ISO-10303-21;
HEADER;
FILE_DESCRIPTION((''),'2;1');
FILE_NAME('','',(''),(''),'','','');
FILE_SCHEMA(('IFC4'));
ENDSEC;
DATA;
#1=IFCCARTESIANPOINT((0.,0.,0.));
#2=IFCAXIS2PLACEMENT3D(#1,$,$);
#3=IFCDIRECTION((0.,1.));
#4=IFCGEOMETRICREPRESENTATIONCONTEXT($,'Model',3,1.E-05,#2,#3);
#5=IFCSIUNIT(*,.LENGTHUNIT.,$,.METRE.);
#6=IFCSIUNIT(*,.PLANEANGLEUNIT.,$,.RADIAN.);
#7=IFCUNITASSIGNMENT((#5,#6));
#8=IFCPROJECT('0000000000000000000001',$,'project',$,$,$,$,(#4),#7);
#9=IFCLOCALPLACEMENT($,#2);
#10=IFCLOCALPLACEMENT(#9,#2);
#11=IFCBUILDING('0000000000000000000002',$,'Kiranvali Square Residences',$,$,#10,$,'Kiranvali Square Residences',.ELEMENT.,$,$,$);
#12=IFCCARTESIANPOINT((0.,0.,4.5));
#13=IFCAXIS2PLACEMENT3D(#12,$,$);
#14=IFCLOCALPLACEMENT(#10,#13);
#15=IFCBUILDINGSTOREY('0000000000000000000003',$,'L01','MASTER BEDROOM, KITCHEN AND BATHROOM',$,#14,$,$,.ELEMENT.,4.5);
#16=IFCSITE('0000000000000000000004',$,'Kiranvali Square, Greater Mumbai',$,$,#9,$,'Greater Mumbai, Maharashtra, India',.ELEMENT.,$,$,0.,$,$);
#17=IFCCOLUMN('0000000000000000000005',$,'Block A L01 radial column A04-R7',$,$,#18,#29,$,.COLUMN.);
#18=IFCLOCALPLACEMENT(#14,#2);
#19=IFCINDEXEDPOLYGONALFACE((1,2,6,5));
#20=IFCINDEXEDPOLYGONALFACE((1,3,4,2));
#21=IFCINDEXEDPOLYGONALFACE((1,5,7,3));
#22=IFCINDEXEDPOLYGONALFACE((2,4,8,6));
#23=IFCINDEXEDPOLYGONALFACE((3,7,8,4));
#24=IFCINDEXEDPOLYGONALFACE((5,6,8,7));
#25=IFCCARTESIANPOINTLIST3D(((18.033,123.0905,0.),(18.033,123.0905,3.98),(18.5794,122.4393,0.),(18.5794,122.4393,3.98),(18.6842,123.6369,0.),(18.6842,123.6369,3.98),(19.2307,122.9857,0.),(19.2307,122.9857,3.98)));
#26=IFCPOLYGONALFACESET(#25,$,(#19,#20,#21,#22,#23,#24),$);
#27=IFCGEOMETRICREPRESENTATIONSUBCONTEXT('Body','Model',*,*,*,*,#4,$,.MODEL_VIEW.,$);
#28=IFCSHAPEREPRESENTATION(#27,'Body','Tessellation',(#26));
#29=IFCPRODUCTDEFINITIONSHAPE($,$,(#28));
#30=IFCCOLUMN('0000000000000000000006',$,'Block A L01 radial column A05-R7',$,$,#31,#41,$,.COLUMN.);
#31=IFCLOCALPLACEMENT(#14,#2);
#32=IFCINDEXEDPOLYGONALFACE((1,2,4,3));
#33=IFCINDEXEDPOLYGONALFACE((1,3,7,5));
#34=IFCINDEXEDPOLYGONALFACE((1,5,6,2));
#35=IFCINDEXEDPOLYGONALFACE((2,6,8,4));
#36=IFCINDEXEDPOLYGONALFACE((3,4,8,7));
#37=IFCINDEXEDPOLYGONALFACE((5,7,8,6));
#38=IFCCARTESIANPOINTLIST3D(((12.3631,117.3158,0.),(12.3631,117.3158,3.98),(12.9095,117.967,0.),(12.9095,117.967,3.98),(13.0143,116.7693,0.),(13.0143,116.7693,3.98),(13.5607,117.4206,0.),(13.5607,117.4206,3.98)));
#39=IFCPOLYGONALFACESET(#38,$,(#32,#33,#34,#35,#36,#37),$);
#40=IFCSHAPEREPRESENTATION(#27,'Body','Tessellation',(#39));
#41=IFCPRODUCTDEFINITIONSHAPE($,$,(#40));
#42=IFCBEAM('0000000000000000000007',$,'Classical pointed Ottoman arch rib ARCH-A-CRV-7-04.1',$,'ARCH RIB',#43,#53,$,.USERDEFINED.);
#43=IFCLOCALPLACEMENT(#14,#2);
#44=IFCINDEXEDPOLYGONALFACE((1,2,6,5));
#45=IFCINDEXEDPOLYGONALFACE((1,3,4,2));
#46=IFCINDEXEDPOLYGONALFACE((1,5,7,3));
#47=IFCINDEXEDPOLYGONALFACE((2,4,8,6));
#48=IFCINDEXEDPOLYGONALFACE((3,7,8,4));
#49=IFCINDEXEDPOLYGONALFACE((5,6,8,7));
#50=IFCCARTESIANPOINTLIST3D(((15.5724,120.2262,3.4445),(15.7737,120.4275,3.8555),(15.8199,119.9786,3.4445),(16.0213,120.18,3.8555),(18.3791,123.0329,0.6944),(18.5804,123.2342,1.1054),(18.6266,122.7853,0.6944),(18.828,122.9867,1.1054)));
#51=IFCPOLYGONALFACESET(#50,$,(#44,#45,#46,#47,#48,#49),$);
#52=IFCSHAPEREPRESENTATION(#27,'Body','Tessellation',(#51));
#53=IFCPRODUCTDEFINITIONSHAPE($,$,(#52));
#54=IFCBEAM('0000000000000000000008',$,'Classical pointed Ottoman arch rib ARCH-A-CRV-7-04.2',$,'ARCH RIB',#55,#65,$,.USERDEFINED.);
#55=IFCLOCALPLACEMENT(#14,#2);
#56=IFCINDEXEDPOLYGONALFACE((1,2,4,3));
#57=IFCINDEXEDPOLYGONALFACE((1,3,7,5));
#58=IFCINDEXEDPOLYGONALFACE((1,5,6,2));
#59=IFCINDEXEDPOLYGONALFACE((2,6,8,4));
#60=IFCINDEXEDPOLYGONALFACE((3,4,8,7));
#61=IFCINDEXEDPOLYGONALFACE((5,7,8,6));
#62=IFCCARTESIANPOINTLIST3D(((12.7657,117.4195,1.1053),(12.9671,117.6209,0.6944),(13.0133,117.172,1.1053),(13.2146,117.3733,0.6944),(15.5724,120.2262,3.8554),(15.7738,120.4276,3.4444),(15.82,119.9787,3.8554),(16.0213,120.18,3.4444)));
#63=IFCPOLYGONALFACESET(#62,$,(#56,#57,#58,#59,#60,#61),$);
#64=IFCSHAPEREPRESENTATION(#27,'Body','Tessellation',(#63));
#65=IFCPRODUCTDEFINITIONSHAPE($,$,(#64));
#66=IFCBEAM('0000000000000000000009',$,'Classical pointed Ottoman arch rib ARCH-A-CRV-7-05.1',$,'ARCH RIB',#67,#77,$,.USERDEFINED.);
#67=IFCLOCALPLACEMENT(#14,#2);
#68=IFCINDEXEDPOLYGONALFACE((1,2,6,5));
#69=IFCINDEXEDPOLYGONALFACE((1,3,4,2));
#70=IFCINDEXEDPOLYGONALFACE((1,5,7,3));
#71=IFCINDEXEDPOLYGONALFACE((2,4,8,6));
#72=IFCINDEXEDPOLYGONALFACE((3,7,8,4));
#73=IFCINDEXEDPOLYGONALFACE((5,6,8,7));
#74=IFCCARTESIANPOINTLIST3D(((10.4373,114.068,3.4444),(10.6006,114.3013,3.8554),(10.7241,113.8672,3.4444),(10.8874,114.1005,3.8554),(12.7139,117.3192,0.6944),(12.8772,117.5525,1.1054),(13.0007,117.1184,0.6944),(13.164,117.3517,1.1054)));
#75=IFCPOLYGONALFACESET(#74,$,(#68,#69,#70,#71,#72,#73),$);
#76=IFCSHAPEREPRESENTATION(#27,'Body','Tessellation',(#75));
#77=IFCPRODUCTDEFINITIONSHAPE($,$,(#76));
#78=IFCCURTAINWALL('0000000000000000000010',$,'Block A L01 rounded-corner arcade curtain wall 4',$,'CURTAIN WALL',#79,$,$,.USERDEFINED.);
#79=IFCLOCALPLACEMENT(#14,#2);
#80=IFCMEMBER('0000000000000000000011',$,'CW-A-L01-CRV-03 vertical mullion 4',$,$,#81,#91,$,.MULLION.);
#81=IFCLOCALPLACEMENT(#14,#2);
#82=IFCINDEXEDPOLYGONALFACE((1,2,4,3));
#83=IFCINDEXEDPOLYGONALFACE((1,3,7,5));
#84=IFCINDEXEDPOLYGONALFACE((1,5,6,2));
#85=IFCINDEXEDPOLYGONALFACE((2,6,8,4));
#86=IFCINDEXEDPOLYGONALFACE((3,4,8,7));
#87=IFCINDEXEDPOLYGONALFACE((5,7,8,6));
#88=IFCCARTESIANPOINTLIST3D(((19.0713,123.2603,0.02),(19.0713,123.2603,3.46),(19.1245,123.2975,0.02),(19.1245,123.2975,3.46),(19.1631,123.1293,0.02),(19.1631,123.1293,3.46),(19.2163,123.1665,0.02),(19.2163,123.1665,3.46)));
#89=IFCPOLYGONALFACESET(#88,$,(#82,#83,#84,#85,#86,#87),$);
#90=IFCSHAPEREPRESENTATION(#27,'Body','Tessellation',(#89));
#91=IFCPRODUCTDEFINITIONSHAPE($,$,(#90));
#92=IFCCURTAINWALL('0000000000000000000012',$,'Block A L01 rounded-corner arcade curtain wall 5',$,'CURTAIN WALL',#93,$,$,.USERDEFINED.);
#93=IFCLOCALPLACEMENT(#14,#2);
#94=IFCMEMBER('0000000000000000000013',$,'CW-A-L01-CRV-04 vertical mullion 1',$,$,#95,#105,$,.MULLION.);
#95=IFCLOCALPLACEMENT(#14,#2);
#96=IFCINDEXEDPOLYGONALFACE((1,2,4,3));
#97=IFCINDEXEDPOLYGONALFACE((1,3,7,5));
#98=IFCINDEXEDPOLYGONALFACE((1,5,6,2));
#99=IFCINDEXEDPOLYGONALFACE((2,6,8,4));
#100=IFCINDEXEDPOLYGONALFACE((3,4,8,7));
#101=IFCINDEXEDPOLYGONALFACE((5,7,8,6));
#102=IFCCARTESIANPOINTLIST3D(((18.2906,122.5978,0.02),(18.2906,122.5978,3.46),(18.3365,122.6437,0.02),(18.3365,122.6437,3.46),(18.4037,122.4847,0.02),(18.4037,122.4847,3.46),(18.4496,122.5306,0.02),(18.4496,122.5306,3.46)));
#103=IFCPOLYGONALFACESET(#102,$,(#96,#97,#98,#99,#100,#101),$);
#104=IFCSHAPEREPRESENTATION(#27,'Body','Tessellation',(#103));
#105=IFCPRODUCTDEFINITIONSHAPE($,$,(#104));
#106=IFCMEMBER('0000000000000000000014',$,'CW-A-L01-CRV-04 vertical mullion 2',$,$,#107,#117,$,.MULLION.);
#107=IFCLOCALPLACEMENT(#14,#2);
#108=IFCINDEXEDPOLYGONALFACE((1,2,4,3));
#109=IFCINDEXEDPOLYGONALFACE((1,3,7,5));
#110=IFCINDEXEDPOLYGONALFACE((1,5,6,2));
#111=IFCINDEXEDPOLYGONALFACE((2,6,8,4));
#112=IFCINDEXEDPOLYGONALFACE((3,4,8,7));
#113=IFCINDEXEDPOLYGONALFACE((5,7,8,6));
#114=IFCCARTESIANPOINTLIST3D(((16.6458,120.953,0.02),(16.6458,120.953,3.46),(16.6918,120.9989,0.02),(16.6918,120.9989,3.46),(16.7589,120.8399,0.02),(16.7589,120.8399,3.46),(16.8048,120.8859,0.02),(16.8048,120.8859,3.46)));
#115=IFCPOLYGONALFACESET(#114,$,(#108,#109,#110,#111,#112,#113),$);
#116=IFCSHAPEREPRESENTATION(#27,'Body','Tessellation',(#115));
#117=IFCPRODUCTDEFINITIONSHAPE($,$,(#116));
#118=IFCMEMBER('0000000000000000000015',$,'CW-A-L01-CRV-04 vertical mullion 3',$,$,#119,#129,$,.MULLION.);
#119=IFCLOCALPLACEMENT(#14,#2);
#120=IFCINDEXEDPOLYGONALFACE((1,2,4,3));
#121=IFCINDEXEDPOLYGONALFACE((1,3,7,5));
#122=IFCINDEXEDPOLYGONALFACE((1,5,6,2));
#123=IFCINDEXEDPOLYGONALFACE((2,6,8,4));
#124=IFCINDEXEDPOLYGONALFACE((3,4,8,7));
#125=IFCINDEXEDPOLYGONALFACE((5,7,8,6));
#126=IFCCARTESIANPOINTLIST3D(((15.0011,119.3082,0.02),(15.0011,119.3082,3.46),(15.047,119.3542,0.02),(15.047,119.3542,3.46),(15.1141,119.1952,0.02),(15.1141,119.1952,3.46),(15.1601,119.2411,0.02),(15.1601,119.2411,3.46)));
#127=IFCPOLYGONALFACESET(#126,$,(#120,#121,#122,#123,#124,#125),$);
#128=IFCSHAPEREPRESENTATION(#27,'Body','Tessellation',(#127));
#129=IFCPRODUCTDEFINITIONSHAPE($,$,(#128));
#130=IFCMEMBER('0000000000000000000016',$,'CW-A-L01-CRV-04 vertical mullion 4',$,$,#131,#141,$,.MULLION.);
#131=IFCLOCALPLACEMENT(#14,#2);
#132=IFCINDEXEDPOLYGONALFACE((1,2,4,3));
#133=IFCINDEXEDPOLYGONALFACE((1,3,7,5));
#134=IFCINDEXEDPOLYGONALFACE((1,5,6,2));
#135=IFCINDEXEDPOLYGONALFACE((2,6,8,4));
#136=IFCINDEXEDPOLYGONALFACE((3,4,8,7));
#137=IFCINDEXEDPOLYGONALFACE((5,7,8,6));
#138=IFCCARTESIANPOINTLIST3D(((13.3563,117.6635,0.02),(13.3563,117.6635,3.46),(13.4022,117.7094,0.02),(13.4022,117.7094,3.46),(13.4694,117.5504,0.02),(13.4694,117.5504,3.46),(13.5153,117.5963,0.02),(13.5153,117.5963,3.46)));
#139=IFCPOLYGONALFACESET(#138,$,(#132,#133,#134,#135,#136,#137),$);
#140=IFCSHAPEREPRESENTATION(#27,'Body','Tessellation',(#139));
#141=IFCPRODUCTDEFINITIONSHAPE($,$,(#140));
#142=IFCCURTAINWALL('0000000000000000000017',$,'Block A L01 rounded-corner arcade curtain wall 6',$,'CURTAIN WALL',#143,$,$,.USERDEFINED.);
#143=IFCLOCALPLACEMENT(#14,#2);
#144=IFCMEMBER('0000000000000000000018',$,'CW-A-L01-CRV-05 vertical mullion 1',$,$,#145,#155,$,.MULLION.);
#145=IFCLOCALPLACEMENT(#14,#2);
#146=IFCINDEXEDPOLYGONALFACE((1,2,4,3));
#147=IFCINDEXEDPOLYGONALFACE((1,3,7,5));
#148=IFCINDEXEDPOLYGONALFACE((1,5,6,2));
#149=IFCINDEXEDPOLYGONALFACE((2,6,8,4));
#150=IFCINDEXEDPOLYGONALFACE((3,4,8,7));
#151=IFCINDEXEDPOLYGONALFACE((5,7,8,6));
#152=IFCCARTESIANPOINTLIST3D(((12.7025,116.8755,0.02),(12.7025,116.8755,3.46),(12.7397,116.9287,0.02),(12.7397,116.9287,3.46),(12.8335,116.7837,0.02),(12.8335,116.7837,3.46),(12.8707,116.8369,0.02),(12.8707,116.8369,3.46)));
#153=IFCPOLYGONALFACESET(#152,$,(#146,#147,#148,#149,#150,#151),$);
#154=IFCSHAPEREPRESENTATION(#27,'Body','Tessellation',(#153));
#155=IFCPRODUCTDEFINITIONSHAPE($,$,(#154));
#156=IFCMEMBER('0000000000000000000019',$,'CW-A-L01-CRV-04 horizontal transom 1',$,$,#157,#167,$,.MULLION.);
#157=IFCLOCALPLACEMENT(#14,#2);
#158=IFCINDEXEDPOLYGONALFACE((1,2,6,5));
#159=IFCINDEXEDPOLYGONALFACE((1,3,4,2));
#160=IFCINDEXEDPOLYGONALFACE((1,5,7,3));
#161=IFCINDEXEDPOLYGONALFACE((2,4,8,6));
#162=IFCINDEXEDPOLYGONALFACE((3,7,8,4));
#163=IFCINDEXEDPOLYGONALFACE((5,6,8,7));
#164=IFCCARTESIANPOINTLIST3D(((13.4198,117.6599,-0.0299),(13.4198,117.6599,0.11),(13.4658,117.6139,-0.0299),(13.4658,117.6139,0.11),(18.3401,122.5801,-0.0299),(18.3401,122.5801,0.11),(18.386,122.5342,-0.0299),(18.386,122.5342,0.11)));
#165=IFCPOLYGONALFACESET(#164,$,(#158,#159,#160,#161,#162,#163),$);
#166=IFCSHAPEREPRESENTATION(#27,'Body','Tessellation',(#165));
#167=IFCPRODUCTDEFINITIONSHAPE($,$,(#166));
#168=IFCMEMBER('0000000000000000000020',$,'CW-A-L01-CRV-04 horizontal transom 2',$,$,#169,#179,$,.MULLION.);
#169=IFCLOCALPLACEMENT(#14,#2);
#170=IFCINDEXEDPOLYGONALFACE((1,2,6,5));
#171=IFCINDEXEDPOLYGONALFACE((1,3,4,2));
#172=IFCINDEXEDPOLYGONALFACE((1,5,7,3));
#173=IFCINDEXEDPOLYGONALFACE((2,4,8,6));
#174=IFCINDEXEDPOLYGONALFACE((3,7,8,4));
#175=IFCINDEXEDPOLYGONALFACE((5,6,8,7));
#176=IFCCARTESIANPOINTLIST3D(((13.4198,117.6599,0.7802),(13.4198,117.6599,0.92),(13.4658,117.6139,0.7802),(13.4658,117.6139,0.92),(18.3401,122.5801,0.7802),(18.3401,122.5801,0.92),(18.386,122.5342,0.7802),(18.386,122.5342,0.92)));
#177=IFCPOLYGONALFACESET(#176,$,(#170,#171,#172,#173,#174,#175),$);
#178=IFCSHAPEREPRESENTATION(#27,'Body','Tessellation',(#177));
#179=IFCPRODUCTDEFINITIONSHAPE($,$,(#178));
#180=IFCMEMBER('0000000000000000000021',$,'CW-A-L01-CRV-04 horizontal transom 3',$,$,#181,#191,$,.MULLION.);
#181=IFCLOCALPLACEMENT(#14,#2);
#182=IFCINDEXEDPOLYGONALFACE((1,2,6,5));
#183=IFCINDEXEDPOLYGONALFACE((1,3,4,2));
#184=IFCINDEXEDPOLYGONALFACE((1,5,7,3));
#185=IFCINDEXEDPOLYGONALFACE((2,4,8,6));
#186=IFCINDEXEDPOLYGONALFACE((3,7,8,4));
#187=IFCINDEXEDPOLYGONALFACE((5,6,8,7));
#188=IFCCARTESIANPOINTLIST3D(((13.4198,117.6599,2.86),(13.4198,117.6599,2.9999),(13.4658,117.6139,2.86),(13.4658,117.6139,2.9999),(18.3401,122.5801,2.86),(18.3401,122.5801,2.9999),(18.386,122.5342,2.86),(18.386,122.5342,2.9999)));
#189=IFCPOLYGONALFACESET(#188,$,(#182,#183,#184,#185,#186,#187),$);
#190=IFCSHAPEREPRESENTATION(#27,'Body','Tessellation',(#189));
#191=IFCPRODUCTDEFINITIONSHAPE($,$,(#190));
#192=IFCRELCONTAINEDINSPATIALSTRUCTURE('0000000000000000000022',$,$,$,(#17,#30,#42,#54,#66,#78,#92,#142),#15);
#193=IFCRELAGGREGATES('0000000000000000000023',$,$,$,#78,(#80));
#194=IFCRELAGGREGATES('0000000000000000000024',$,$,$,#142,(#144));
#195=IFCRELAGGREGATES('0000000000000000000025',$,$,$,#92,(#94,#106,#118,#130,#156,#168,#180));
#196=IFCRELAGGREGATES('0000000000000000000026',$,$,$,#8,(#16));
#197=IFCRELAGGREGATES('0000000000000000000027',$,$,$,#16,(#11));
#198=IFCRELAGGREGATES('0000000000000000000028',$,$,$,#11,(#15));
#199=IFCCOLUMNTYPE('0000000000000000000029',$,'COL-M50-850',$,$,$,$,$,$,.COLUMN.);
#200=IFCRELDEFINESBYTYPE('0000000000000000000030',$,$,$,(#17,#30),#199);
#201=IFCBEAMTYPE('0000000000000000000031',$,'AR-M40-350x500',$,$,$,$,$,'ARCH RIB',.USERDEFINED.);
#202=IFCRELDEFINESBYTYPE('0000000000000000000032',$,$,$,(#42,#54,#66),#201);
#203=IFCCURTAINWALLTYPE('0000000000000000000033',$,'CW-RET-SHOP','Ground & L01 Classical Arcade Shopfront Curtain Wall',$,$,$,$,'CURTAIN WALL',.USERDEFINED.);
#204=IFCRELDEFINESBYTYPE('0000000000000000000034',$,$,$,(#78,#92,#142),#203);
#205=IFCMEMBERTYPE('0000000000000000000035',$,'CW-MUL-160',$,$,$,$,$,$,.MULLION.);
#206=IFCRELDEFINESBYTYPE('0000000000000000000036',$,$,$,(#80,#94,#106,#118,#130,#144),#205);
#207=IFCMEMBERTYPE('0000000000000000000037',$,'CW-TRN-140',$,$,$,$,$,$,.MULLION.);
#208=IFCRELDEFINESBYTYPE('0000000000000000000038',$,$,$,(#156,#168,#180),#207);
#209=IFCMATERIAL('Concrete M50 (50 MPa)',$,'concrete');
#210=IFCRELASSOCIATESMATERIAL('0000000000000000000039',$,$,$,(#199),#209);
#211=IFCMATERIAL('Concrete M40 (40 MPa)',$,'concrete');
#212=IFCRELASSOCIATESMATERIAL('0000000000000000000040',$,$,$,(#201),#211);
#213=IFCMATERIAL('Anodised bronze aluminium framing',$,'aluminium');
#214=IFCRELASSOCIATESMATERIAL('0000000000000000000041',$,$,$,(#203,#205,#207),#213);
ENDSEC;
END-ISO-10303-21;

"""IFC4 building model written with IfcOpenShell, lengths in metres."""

from ifc_helpers import new_model, si_unit, direction, frame, origin, origin_2d, place, context, subcontext, project, spatial, rectangle, extrude, material, material_profile, profile_set, type_object, element, aggregate, save


model = new_model("IFC4")

# Units and contexts
model_context = context("Model", 3, precision=1e-05, world=origin(), true_north=direction((0.0, 1.0)))
body_context = subcontext(model_context, "Body", "Model", "MODEL_VIEW")
ifc_project = project(units=[si_unit("LENGTHUNIT", "METRE"), si_unit("PLANEANGLEUNIT", "RADIAN")], contexts=[model_context])

# Site, building, storey
site_placement = place(None, origin())
site = spatial("IfcSite", under=ifc_project, at=site_placement, Name="Kiranvali Square, Greater Mumbai", LongName="Greater Mumbai, Maharashtra, India", CompositionType="ELEMENT", RefElevation=0.0)
building_placement = place(site_placement, origin())
building = spatial("IfcBuilding", under=site, at=building_placement, Name="Kiranvali Square Residences", LongName="Kiranvali Square Residences", CompositionType="ELEMENT")
storey_placement = place(building_placement, frame((0.0, 0.0, 4.5)))
storey = spatial("IfcBuildingStorey", under=building, at=storey_placement, Name="L01", Description="MASTER BEDROOM, KITCHEN AND BATHROOM", CompositionType="ELEMENT", Elevation=4.5)

# Columns
ifc_material_1 = material(Name="Concrete M50 (50 MPa)", Category="concrete")
ifc_material_profile_1 = material_profile(ifc_material_1, rectangle(XDim=0.8501, YDim=0.8501, at=origin_2d()), Name="RC 850x850")
ifc_profile_set_1 = profile_set([ifc_material_profile_1], Name="Concrete M50 (50 MPa)")
column_type = type_object("IfcColumnType", Name="COL-M50-850", PredefinedType="COLUMN", material=ifc_profile_set_1)
for number, where, z_axis, x_axis, name in (
    (1, (18.6318, 123.0381, 0.0), (0.0, 0.0, 1.0), (0.766044, 0.642788, 0.0), "Block A L01 radial column A04-R7"),
    (2, (12.9619, 117.3682, 0.0), (0.0, 0.0, 1.0), (0.642788, 0.766044, 0.0), "Block A L01 radial column A05-R7"),
):
    element("IfcColumn", number, at=place(storey_placement, frame(where, z_axis=z_axis, x_axis=x_axis)), inside=storey, type_object=column_type, Name=name, PredefinedType="COLUMN", context=body_context, shape_type="SweptSolid", body=[
        extrude(rectangle(XDim=0.8501, YDim=0.8501, at=origin_2d()), origin(), (0.0, 0.0, 1.0), 3.98),
    ])

# Beams
ifc_material_2 = material(Name="Concrete M40 (40 MPa)", Category="concrete")
ifc_material_profile_2 = material_profile(ifc_material_2, rectangle(XDim=0.3501, YDim=0.5, at=origin_2d()), Name="RC 350x500")
ifc_profile_set_2 = profile_set([ifc_material_profile_2], Name="Concrete M40 (40 MPa)")
beam_type_1 = type_object("IfcBeamType", Name="AR-M40-350x500", ElementType="ARCH RIB", PredefinedType="USERDEFINED", material=ifc_profile_set_2)
for number, where, z_axis, x_axis, name in (
    (3, (18.6035, 123.0098, 0.8999), (-0.581234, -0.581234, 0.569504), (0.707107, -0.707107, 0.0), "Classical pointed Ottoman arch rib ARCH-A-CRV-7-04.1"),
    (4, (15.7969, 120.2031, 3.6499), (-0.581234, -0.581234, -0.569504), (0.707107, -0.707107, 0.0), "Classical pointed Ottoman arch rib ARCH-A-CRV-7-04.2"),
):
    element("IfcBeam", number, at=place(storey_placement, frame(where, z_axis=z_axis, x_axis=x_axis)), inside=storey, type_object=beam_type_1, Name=name, ObjectType="ARCH RIB", PredefinedType="USERDEFINED", context=body_context, shape_type="SweptSolid", body=[
        extrude(rectangle(XDim=0.3501, YDim=0.5, at=origin_2d()), origin(), (0.0, 0.0, 1.0), 4.8289),
    ])
beam_1_placement = place(storey_placement, frame((12.939, 117.3354, 0.8999), z_axis=(-0.47148, -0.673318, 0.569517), x_axis=(0.819142, -0.57359, 0.0)))
element("IfcBeam", 5, at=beam_1_placement, inside=storey, type_object=beam_type_1, Name="Classical pointed Ottoman arch rib ARCH-A-CRV-7-05.1", ObjectType="ARCH RIB", PredefinedType="USERDEFINED", context=body_context, shape_type="SweptSolid", body=[
    extrude(rectangle(XDim=0.3501, YDim=0.5, at=origin_2d()), origin(), (0.0, 0.0, 1.0), 4.8286),
])

# Curtain wall, member
ifc_material_3 = material(Name="Anodised bronze aluminium framing", Category="aluminium")
curtain_wall_type = type_object("IfcCurtainWallType", Name="CW-RET-SHOP", Description="Ground & L01 Classical Arcade Shopfront Curtain Wall", ElementType="CURTAIN WALL", PredefinedType="USERDEFINED", material=ifc_material_3)
curtain_wall_1_placement = place(storey_placement, origin())
curtain_wall_1 = element("IfcCurtainWall", 6, at=curtain_wall_1_placement, inside=storey, type_object=curtain_wall_type, Name="Block A L01 rounded-corner arcade curtain wall 4", ObjectType="CURTAIN WALL", PredefinedType="USERDEFINED")
ifc_material_profile_3 = material_profile(ifc_material_3, rectangle(XDim=0.0649, YDim=0.1599, at=origin_2d()), Name="ALU 65x160")
ifc_profile_set_3 = profile_set([ifc_material_profile_3], Name="Anodised bronze aluminium framing")
member_type_1 = type_object("IfcMemberType", Name="CW-MUL-160", PredefinedType="MULLION", material=ifc_profile_set_3)
member_1_placement = place(storey_placement, frame((19.1438, 123.2134, 0.02), z_axis=(0.0, 0.0, 1.0), x_axis=(-0.819152, -0.573576, 0.0)))
member_1 = element("IfcMember", 7, at=member_1_placement, type_object=member_type_1, Name="CW-A-L01-CRV-03 vertical mullion 4", PredefinedType="MULLION", context=body_context, shape_type="SweptSolid", body=[
    extrude(rectangle(XDim=0.0649, YDim=0.1599, at=origin_2d()), origin(), (0.0, 0.0, 1.0), 3.4399),
])
aggregate(curtain_wall_1, [member_1])

# Curtain wall, members
curtain_wall_2_placement = place(storey_placement, origin())
curtain_wall_2 = element("IfcCurtainWall", 8, at=curtain_wall_2_placement, inside=storey, type_object=curtain_wall_type, Name="Block A L01 rounded-corner arcade curtain wall 5", ObjectType="CURTAIN WALL", PredefinedType="USERDEFINED")
member_2_placement = place(storey_placement, frame((18.3701, 122.5642, 0.02), z_axis=(0.0, 0.0, 1.0), x_axis=(-0.707107, -0.707107, 0.0)))
member_2 = element("IfcMember", 9, at=member_2_placement, type_object=member_type_1, Name="CW-A-L01-CRV-04 vertical mullion 1", PredefinedType="MULLION", context=body_context, shape_type="SweptSolid", body=[
    extrude(rectangle(XDim=0.0649, YDim=0.1599, at=origin_2d()), origin(), (0.0, 0.0, 1.0), 3.4399),
])
member_3_placement = place(storey_placement, frame((16.7253, 120.9194, 0.02), z_axis=(0.0, 0.0, 1.0), x_axis=(-0.707107, -0.707107, 0.0)))
member_3 = element("IfcMember", 10, at=member_3_placement, type_object=member_type_1, Name="CW-A-L01-CRV-04 vertical mullion 2", PredefinedType="MULLION", context=body_context, shape_type="SweptSolid", body=[
    extrude(rectangle(XDim=0.0649, YDim=0.1599, at=origin_2d()), origin(), (0.0, 0.0, 1.0), 3.4399),
])
member_4_placement = place(storey_placement, frame((15.0806, 119.2747, 0.02), z_axis=(0.0, 0.0, 1.0), x_axis=(-0.707107, -0.707107, 0.0)))
member_4 = element("IfcMember", 11, at=member_4_placement, type_object=member_type_1, Name="CW-A-L01-CRV-04 vertical mullion 3", PredefinedType="MULLION", context=body_context, shape_type="SweptSolid", body=[
    extrude(rectangle(XDim=0.0649, YDim=0.1599, at=origin_2d()), origin(), (0.0, 0.0, 1.0), 3.4399),
])
member_5_placement = place(storey_placement, frame((13.4358, 117.6299, 0.02), z_axis=(0.0, 0.0, 1.0), x_axis=(-0.707107, -0.707107, 0.0)))
member_5 = element("IfcMember", 12, at=member_5_placement, type_object=member_type_1, Name="CW-A-L01-CRV-04 vertical mullion 4", PredefinedType="MULLION", context=body_context, shape_type="SweptSolid", body=[
    extrude(rectangle(XDim=0.0649, YDim=0.1599, at=origin_2d()), origin(), (0.0, 0.0, 1.0), 3.4399),
])

# Curtain wall, member
curtain_wall_3_placement = place(storey_placement, origin())
curtain_wall_3 = element("IfcCurtainWall", 13, at=curtain_wall_3_placement, inside=storey, type_object=curtain_wall_type, Name="Block A L01 rounded-corner arcade curtain wall 6", ObjectType="CURTAIN WALL", PredefinedType="USERDEFINED")
member_6_placement = place(storey_placement, frame((12.7866, 116.8562, 0.02), z_axis=(0.0, 0.0, 1.0), x_axis=(-0.573576, -0.819152, 0.0)))
member_6 = element("IfcMember", 14, at=member_6_placement, type_object=member_type_1, Name="CW-A-L01-CRV-05 vertical mullion 1", PredefinedType="MULLION", context=body_context, shape_type="SweptSolid", body=[
    extrude(rectangle(XDim=0.0649, YDim=0.1599, at=origin_2d()), origin(), (0.0, 0.0, 1.0), 3.4399),
])

# Members
ifc_material_profile_4 = material_profile(ifc_material_3, rectangle(XDim=0.0649, YDim=0.1399, at=origin_2d()), Name="ALU 65x140")
ifc_profile_set_4 = profile_set([ifc_material_profile_4], Name="Anodised bronze aluminium framing")
member_type_2 = type_object("IfcMemberType", Name="CW-TRN-140", PredefinedType="MULLION", material=ifc_profile_set_4)
member_7_placement = place(storey_placement, frame((18.363, 122.5571, 0.04), z_axis=(-0.707107, -0.707107, 0.0), x_axis=(0.707107, -0.707107, 0.0)))
member_7 = element("IfcMember", 15, at=member_7_placement, type_object=member_type_2, Name="CW-A-L01-CRV-04 horizontal transom 1", PredefinedType="MULLION", context=body_context, shape_type="SweptSolid", body=[
    extrude(rectangle(XDim=0.0649, YDim=0.1399, at=origin_2d()), origin(), (0.0, 0.0, 1.0), 6.9583),
])
member_8_placement = place(storey_placement, frame((18.363, 122.5571, 0.8501), z_axis=(-0.707107, -0.707107, 0.0), x_axis=(0.707107, -0.707107, 0.0)))
member_8 = element("IfcMember", 16, at=member_8_placement, type_object=member_type_2, Name="CW-A-L01-CRV-04 horizontal transom 2", PredefinedType="MULLION", context=body_context, shape_type="SweptSolid", body=[
    extrude(rectangle(XDim=0.0649, YDim=0.1399, at=origin_2d()), origin(), (0.0, 0.0, 1.0), 6.9583),
])
member_9_placement = place(storey_placement, frame((18.363, 122.5571, 2.9299), z_axis=(-0.707107, -0.707107, 0.0), x_axis=(0.707107, -0.707107, 0.0)))
member_9 = element("IfcMember", 17, at=member_9_placement, type_object=member_type_2, Name="CW-A-L01-CRV-04 horizontal transom 3", PredefinedType="MULLION", context=body_context, shape_type="SweptSolid", body=[
    extrude(rectangle(XDim=0.0649, YDim=0.1399, at=origin_2d()), origin(), (0.0, 0.0, 1.0), 6.9583),
])
aggregate(curtain_wall_3, [member_6])

aggregate(curtain_wall_2, [member_2, member_3, member_4, member_5, member_7, member_8, member_9])

save(model, "model.ifc")
